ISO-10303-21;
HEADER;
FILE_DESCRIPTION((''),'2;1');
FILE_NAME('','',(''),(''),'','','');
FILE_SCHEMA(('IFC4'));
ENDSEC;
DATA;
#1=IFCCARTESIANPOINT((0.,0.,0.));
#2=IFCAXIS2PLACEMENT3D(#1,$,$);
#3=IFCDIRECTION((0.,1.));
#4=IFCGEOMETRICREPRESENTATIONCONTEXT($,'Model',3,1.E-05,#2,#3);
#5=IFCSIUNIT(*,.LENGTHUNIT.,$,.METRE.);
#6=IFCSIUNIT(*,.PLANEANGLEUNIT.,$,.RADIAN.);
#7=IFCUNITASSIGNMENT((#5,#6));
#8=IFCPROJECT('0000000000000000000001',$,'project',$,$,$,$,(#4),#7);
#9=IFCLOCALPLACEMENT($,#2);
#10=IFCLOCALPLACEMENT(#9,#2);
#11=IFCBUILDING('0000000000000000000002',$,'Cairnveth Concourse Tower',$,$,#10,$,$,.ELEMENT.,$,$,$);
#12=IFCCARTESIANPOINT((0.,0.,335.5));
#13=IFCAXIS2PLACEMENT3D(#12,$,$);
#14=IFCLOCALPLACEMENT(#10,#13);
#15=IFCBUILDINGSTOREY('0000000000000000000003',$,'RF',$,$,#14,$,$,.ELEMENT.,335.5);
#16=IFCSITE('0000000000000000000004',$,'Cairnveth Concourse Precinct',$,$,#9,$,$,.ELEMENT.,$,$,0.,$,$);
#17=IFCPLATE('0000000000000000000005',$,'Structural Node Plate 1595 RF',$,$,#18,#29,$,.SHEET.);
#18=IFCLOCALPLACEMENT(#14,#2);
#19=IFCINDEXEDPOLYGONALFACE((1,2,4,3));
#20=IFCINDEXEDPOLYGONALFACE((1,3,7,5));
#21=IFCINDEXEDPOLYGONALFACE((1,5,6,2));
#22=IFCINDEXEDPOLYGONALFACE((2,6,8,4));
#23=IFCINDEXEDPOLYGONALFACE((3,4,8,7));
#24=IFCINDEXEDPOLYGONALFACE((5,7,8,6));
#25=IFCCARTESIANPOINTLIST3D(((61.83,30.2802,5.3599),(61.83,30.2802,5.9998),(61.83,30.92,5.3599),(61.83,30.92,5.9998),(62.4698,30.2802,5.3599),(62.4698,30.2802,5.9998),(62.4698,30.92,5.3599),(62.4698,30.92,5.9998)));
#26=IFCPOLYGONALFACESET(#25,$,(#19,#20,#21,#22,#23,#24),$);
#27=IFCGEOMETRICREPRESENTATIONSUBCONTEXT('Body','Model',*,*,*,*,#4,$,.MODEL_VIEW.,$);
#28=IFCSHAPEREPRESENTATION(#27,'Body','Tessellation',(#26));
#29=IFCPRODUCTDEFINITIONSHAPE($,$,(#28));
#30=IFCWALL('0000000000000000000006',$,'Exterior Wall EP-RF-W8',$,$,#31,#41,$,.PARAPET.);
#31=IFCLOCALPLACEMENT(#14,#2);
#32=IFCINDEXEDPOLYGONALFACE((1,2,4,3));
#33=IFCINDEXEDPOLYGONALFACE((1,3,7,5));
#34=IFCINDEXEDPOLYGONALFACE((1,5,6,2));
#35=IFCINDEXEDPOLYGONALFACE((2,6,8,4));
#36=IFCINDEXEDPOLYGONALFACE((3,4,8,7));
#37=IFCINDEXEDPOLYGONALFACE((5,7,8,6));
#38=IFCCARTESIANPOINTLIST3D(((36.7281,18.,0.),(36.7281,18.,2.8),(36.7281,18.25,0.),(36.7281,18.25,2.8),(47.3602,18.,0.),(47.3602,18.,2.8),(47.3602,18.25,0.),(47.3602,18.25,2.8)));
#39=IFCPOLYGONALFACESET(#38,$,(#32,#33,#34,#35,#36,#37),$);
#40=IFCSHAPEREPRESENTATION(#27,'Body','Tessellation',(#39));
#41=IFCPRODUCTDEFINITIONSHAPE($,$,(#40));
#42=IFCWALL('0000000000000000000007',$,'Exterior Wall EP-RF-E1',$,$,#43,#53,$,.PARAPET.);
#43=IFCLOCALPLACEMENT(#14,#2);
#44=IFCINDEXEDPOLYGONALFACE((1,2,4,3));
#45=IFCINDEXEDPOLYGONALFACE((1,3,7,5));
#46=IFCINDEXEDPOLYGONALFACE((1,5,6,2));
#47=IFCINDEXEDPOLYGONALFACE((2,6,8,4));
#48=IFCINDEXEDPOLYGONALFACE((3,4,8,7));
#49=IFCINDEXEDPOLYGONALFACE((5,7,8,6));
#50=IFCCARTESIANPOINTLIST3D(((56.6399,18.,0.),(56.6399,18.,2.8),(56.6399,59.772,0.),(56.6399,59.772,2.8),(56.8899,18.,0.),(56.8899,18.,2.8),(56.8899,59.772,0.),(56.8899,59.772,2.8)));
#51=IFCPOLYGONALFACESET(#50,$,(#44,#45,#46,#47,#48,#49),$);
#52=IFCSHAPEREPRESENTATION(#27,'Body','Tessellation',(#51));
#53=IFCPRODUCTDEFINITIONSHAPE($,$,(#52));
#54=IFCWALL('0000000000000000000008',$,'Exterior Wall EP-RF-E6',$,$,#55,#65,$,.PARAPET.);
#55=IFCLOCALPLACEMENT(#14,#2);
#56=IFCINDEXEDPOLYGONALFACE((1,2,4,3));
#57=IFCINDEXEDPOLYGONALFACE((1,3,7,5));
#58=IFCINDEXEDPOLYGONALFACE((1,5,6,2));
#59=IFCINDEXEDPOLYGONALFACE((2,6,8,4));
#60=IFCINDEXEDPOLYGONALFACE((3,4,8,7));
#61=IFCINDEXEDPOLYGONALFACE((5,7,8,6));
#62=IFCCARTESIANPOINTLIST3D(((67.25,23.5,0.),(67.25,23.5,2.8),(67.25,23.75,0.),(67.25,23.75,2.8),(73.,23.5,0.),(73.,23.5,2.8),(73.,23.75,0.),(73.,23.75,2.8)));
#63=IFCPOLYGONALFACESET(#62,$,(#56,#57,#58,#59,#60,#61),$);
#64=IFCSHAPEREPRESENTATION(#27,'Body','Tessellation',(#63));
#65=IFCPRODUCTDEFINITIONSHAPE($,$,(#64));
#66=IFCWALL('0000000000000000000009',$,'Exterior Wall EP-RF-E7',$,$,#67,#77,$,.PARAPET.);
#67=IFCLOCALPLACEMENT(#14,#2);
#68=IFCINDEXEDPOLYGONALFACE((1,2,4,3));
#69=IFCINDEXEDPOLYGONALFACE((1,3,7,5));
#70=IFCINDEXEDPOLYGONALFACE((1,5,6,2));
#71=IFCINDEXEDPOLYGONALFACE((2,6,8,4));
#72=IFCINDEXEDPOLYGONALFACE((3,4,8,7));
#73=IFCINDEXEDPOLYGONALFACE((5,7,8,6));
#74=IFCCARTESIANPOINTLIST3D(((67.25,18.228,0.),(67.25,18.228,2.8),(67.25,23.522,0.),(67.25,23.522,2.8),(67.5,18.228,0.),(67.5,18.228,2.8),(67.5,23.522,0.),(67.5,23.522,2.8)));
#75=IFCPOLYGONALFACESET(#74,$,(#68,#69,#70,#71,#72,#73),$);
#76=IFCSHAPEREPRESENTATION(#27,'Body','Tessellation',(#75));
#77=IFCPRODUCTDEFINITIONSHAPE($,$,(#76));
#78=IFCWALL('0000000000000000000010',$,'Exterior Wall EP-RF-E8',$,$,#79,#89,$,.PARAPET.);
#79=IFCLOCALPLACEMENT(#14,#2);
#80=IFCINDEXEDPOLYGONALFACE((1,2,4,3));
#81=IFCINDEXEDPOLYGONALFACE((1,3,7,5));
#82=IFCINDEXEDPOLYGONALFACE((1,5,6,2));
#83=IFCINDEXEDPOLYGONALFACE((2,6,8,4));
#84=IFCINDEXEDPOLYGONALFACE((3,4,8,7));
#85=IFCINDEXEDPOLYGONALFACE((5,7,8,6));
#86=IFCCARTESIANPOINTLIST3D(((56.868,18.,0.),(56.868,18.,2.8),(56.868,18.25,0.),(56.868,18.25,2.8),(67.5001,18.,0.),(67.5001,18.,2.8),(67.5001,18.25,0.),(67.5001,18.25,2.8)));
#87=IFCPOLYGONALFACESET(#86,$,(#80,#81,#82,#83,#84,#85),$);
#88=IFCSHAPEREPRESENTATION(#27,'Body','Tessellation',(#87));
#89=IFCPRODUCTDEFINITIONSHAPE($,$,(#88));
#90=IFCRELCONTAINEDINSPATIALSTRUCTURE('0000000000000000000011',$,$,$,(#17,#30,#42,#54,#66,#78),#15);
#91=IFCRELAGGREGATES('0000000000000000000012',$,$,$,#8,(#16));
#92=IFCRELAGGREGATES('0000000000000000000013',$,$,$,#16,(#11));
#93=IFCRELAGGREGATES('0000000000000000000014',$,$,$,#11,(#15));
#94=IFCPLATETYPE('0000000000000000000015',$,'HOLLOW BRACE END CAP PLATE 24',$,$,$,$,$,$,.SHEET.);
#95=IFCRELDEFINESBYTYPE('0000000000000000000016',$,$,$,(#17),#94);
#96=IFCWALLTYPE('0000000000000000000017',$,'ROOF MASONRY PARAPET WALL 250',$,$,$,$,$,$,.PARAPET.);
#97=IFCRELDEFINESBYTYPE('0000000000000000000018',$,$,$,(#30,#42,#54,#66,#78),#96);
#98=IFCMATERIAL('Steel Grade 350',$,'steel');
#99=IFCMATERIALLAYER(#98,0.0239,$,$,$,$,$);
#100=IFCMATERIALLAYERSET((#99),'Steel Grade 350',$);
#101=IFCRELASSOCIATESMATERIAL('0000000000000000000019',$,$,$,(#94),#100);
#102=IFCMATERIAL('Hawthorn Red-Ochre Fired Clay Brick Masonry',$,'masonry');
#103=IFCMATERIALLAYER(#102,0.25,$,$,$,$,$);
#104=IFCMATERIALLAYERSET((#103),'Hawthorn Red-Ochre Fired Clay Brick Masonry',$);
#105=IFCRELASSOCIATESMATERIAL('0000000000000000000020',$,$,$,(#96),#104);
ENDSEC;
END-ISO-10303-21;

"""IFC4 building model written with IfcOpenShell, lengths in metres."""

from ifc_helpers import new_model, si_unit, direction, frame, frame_2d, origin, origin_2d, place, context, subcontext, project, spatial, rectangle, extrude, material, layer, layer_set, type_object, element, save


model = new_model("IFC4")

# Units and contexts
model_context = context("Model", 3, precision=1e-05, world=origin(), true_north=direction((0.0, 1.0)))
body_context = subcontext(model_context, "Body", "Model", "MODEL_VIEW")
ifc_project = project(units=[si_unit("LENGTHUNIT", "METRE"), si_unit("PLANEANGLEUNIT", "RADIAN")], contexts=[model_context])

# Site, building, storey
site_placement = place(None, origin())
site = spatial("IfcSite", under=ifc_project, at=site_placement, Name="Cairnveth Concourse Precinct", CompositionType="ELEMENT", RefElevation=0.0)
building_placement = place(site_placement, origin())
building = spatial("IfcBuilding", under=site, at=building_placement, Name="Cairnveth Concourse Tower", CompositionType="ELEMENT")
storey_placement = place(building_placement, frame((0.0, 0.0, 335.5)))
storey = spatial("IfcBuildingStorey", under=building, at=storey_placement, Name="RF", CompositionType="ELEMENT", Elevation=335.5)

# Shared definitions
ifc_material_1 = material(Name="Steel Grade 350", Category="steel")

# Plate
ifc_layer_1 = layer(ifc_material_1, 0.0239)
ifc_layer_set_1 = layer_set([ifc_layer_1], Name="Steel Grade 350")
plate_type_1 = type_object("IfcPlateType", Name="HOLLOW BRACE END CAP PLATE 24", PredefinedType="SHEET", material=ifc_layer_set_1)
plate_1_placement = place(storey_placement, frame((62.1499, 30.6001, 5.3599), z_axis=(0.0, 0.0, 1.0), x_axis=(1.0, 0.0, 0.0)))
element("IfcPlate", 1, at=plate_1_placement, inside=storey, type_object=plate_type_1, Name="Structural Node Plate 1595 RF", PredefinedType="SHEET", context=body_context, shape_type="SweptSolid", body=[
    extrude(rectangle(XDim=0.6399, YDim=0.6399, at=origin_2d()), origin(), (0.0, 0.0, 1.0), 0.6399),
])

# Walls
ifc_material_2 = material(Name="Hawthorn Red-Ochre Fired Clay Brick Masonry", Category="masonry")
ifc_layer_2 = layer(ifc_material_2, 0.25)
ifc_layer_set_2 = layer_set([ifc_layer_2], Name="Hawthorn Red-Ochre Fired Clay Brick Masonry")
wall_type = type_object("IfcWallType", Name="ROOF MASONRY PARAPET WALL 250", PredefinedType="PARAPET", material=ifc_layer_set_2)
wall_1_placement = place(storey_placement, frame((47.3601, 18.125, 0.0), z_axis=(0.0, 0.0, 1.0), x_axis=(-1.0, 0.0, 0.0)))
element("IfcWall", 2, at=wall_1_placement, inside=storey, type_object=wall_type, Name="Exterior Wall EP-RF-W8", PredefinedType="PARAPET", context=body_context, shape_type="SweptSolid", body=[
    extrude(rectangle(XDim=10.6321, YDim=0.25, at=frame_2d((5.3159, 0.0))), origin(), (0.0, 0.0, 1.0), 2.8),
])
wall_2_placement = place(storey_placement, frame((56.7649, 18.0, 0.0), z_axis=(0.0, 0.0, 1.0), x_axis=(0.0, 1.0, 0.0)))
element("IfcWall", 3, at=wall_2_placement, inside=storey, type_object=wall_type, Name="Exterior Wall EP-RF-E1", PredefinedType="PARAPET", context=body_context, shape_type="SweptSolid", body=[
    extrude(rectangle(XDim=41.772, YDim=0.25, at=frame_2d((20.886, 0.0))), origin(), (0.0, 0.0, 1.0), 2.8),
])
wall_3_placement = place(storey_placement, frame((73.0, 23.625, 0.0), z_axis=(0.0, 0.0, 1.0), x_axis=(-1.0, 0.0, 0.0)))
element("IfcWall", 4, at=wall_3_placement, inside=storey, type_object=wall_type, Name="Exterior Wall EP-RF-E6", PredefinedType="PARAPET", context=body_context, shape_type="SweptSolid", body=[
    extrude(rectangle(XDim=5.75, YDim=0.25, at=frame_2d((2.875, 0.0))), origin(), (0.0, 0.0, 1.0), 2.8),
])
wall_4_placement = place(storey_placement, frame((67.375, 23.522, 0.0), z_axis=(0.0, 0.0, 1.0), x_axis=(0.0, -1.0, 0.0)))
element("IfcWall", 5, at=wall_4_placement, inside=storey, type_object=wall_type, Name="Exterior Wall EP-RF-E7", PredefinedType="PARAPET", context=body_context, shape_type="SweptSolid", body=[
    extrude(rectangle(XDim=5.2939, YDim=0.25, at=frame_2d((2.647, 0.0))), origin(), (0.0, 0.0, 1.0), 2.8),
])
wall_5_placement = place(storey_placement, frame((67.5, 18.125, 0.0), z_axis=(0.0, 0.0, 1.0), x_axis=(-1.0, 0.0, 0.0)))
element("IfcWall", 6, at=wall_5_placement, inside=storey, type_object=wall_type, Name="Exterior Wall EP-RF-E8", PredefinedType="PARAPET", context=body_context, shape_type="SweptSolid", body=[
    extrude(rectangle(XDim=10.6321, YDim=0.25, at=frame_2d((5.3159, 0.0))), origin(), (0.0, 0.0, 1.0), 2.8),
])

save(model, "model.ifc")
